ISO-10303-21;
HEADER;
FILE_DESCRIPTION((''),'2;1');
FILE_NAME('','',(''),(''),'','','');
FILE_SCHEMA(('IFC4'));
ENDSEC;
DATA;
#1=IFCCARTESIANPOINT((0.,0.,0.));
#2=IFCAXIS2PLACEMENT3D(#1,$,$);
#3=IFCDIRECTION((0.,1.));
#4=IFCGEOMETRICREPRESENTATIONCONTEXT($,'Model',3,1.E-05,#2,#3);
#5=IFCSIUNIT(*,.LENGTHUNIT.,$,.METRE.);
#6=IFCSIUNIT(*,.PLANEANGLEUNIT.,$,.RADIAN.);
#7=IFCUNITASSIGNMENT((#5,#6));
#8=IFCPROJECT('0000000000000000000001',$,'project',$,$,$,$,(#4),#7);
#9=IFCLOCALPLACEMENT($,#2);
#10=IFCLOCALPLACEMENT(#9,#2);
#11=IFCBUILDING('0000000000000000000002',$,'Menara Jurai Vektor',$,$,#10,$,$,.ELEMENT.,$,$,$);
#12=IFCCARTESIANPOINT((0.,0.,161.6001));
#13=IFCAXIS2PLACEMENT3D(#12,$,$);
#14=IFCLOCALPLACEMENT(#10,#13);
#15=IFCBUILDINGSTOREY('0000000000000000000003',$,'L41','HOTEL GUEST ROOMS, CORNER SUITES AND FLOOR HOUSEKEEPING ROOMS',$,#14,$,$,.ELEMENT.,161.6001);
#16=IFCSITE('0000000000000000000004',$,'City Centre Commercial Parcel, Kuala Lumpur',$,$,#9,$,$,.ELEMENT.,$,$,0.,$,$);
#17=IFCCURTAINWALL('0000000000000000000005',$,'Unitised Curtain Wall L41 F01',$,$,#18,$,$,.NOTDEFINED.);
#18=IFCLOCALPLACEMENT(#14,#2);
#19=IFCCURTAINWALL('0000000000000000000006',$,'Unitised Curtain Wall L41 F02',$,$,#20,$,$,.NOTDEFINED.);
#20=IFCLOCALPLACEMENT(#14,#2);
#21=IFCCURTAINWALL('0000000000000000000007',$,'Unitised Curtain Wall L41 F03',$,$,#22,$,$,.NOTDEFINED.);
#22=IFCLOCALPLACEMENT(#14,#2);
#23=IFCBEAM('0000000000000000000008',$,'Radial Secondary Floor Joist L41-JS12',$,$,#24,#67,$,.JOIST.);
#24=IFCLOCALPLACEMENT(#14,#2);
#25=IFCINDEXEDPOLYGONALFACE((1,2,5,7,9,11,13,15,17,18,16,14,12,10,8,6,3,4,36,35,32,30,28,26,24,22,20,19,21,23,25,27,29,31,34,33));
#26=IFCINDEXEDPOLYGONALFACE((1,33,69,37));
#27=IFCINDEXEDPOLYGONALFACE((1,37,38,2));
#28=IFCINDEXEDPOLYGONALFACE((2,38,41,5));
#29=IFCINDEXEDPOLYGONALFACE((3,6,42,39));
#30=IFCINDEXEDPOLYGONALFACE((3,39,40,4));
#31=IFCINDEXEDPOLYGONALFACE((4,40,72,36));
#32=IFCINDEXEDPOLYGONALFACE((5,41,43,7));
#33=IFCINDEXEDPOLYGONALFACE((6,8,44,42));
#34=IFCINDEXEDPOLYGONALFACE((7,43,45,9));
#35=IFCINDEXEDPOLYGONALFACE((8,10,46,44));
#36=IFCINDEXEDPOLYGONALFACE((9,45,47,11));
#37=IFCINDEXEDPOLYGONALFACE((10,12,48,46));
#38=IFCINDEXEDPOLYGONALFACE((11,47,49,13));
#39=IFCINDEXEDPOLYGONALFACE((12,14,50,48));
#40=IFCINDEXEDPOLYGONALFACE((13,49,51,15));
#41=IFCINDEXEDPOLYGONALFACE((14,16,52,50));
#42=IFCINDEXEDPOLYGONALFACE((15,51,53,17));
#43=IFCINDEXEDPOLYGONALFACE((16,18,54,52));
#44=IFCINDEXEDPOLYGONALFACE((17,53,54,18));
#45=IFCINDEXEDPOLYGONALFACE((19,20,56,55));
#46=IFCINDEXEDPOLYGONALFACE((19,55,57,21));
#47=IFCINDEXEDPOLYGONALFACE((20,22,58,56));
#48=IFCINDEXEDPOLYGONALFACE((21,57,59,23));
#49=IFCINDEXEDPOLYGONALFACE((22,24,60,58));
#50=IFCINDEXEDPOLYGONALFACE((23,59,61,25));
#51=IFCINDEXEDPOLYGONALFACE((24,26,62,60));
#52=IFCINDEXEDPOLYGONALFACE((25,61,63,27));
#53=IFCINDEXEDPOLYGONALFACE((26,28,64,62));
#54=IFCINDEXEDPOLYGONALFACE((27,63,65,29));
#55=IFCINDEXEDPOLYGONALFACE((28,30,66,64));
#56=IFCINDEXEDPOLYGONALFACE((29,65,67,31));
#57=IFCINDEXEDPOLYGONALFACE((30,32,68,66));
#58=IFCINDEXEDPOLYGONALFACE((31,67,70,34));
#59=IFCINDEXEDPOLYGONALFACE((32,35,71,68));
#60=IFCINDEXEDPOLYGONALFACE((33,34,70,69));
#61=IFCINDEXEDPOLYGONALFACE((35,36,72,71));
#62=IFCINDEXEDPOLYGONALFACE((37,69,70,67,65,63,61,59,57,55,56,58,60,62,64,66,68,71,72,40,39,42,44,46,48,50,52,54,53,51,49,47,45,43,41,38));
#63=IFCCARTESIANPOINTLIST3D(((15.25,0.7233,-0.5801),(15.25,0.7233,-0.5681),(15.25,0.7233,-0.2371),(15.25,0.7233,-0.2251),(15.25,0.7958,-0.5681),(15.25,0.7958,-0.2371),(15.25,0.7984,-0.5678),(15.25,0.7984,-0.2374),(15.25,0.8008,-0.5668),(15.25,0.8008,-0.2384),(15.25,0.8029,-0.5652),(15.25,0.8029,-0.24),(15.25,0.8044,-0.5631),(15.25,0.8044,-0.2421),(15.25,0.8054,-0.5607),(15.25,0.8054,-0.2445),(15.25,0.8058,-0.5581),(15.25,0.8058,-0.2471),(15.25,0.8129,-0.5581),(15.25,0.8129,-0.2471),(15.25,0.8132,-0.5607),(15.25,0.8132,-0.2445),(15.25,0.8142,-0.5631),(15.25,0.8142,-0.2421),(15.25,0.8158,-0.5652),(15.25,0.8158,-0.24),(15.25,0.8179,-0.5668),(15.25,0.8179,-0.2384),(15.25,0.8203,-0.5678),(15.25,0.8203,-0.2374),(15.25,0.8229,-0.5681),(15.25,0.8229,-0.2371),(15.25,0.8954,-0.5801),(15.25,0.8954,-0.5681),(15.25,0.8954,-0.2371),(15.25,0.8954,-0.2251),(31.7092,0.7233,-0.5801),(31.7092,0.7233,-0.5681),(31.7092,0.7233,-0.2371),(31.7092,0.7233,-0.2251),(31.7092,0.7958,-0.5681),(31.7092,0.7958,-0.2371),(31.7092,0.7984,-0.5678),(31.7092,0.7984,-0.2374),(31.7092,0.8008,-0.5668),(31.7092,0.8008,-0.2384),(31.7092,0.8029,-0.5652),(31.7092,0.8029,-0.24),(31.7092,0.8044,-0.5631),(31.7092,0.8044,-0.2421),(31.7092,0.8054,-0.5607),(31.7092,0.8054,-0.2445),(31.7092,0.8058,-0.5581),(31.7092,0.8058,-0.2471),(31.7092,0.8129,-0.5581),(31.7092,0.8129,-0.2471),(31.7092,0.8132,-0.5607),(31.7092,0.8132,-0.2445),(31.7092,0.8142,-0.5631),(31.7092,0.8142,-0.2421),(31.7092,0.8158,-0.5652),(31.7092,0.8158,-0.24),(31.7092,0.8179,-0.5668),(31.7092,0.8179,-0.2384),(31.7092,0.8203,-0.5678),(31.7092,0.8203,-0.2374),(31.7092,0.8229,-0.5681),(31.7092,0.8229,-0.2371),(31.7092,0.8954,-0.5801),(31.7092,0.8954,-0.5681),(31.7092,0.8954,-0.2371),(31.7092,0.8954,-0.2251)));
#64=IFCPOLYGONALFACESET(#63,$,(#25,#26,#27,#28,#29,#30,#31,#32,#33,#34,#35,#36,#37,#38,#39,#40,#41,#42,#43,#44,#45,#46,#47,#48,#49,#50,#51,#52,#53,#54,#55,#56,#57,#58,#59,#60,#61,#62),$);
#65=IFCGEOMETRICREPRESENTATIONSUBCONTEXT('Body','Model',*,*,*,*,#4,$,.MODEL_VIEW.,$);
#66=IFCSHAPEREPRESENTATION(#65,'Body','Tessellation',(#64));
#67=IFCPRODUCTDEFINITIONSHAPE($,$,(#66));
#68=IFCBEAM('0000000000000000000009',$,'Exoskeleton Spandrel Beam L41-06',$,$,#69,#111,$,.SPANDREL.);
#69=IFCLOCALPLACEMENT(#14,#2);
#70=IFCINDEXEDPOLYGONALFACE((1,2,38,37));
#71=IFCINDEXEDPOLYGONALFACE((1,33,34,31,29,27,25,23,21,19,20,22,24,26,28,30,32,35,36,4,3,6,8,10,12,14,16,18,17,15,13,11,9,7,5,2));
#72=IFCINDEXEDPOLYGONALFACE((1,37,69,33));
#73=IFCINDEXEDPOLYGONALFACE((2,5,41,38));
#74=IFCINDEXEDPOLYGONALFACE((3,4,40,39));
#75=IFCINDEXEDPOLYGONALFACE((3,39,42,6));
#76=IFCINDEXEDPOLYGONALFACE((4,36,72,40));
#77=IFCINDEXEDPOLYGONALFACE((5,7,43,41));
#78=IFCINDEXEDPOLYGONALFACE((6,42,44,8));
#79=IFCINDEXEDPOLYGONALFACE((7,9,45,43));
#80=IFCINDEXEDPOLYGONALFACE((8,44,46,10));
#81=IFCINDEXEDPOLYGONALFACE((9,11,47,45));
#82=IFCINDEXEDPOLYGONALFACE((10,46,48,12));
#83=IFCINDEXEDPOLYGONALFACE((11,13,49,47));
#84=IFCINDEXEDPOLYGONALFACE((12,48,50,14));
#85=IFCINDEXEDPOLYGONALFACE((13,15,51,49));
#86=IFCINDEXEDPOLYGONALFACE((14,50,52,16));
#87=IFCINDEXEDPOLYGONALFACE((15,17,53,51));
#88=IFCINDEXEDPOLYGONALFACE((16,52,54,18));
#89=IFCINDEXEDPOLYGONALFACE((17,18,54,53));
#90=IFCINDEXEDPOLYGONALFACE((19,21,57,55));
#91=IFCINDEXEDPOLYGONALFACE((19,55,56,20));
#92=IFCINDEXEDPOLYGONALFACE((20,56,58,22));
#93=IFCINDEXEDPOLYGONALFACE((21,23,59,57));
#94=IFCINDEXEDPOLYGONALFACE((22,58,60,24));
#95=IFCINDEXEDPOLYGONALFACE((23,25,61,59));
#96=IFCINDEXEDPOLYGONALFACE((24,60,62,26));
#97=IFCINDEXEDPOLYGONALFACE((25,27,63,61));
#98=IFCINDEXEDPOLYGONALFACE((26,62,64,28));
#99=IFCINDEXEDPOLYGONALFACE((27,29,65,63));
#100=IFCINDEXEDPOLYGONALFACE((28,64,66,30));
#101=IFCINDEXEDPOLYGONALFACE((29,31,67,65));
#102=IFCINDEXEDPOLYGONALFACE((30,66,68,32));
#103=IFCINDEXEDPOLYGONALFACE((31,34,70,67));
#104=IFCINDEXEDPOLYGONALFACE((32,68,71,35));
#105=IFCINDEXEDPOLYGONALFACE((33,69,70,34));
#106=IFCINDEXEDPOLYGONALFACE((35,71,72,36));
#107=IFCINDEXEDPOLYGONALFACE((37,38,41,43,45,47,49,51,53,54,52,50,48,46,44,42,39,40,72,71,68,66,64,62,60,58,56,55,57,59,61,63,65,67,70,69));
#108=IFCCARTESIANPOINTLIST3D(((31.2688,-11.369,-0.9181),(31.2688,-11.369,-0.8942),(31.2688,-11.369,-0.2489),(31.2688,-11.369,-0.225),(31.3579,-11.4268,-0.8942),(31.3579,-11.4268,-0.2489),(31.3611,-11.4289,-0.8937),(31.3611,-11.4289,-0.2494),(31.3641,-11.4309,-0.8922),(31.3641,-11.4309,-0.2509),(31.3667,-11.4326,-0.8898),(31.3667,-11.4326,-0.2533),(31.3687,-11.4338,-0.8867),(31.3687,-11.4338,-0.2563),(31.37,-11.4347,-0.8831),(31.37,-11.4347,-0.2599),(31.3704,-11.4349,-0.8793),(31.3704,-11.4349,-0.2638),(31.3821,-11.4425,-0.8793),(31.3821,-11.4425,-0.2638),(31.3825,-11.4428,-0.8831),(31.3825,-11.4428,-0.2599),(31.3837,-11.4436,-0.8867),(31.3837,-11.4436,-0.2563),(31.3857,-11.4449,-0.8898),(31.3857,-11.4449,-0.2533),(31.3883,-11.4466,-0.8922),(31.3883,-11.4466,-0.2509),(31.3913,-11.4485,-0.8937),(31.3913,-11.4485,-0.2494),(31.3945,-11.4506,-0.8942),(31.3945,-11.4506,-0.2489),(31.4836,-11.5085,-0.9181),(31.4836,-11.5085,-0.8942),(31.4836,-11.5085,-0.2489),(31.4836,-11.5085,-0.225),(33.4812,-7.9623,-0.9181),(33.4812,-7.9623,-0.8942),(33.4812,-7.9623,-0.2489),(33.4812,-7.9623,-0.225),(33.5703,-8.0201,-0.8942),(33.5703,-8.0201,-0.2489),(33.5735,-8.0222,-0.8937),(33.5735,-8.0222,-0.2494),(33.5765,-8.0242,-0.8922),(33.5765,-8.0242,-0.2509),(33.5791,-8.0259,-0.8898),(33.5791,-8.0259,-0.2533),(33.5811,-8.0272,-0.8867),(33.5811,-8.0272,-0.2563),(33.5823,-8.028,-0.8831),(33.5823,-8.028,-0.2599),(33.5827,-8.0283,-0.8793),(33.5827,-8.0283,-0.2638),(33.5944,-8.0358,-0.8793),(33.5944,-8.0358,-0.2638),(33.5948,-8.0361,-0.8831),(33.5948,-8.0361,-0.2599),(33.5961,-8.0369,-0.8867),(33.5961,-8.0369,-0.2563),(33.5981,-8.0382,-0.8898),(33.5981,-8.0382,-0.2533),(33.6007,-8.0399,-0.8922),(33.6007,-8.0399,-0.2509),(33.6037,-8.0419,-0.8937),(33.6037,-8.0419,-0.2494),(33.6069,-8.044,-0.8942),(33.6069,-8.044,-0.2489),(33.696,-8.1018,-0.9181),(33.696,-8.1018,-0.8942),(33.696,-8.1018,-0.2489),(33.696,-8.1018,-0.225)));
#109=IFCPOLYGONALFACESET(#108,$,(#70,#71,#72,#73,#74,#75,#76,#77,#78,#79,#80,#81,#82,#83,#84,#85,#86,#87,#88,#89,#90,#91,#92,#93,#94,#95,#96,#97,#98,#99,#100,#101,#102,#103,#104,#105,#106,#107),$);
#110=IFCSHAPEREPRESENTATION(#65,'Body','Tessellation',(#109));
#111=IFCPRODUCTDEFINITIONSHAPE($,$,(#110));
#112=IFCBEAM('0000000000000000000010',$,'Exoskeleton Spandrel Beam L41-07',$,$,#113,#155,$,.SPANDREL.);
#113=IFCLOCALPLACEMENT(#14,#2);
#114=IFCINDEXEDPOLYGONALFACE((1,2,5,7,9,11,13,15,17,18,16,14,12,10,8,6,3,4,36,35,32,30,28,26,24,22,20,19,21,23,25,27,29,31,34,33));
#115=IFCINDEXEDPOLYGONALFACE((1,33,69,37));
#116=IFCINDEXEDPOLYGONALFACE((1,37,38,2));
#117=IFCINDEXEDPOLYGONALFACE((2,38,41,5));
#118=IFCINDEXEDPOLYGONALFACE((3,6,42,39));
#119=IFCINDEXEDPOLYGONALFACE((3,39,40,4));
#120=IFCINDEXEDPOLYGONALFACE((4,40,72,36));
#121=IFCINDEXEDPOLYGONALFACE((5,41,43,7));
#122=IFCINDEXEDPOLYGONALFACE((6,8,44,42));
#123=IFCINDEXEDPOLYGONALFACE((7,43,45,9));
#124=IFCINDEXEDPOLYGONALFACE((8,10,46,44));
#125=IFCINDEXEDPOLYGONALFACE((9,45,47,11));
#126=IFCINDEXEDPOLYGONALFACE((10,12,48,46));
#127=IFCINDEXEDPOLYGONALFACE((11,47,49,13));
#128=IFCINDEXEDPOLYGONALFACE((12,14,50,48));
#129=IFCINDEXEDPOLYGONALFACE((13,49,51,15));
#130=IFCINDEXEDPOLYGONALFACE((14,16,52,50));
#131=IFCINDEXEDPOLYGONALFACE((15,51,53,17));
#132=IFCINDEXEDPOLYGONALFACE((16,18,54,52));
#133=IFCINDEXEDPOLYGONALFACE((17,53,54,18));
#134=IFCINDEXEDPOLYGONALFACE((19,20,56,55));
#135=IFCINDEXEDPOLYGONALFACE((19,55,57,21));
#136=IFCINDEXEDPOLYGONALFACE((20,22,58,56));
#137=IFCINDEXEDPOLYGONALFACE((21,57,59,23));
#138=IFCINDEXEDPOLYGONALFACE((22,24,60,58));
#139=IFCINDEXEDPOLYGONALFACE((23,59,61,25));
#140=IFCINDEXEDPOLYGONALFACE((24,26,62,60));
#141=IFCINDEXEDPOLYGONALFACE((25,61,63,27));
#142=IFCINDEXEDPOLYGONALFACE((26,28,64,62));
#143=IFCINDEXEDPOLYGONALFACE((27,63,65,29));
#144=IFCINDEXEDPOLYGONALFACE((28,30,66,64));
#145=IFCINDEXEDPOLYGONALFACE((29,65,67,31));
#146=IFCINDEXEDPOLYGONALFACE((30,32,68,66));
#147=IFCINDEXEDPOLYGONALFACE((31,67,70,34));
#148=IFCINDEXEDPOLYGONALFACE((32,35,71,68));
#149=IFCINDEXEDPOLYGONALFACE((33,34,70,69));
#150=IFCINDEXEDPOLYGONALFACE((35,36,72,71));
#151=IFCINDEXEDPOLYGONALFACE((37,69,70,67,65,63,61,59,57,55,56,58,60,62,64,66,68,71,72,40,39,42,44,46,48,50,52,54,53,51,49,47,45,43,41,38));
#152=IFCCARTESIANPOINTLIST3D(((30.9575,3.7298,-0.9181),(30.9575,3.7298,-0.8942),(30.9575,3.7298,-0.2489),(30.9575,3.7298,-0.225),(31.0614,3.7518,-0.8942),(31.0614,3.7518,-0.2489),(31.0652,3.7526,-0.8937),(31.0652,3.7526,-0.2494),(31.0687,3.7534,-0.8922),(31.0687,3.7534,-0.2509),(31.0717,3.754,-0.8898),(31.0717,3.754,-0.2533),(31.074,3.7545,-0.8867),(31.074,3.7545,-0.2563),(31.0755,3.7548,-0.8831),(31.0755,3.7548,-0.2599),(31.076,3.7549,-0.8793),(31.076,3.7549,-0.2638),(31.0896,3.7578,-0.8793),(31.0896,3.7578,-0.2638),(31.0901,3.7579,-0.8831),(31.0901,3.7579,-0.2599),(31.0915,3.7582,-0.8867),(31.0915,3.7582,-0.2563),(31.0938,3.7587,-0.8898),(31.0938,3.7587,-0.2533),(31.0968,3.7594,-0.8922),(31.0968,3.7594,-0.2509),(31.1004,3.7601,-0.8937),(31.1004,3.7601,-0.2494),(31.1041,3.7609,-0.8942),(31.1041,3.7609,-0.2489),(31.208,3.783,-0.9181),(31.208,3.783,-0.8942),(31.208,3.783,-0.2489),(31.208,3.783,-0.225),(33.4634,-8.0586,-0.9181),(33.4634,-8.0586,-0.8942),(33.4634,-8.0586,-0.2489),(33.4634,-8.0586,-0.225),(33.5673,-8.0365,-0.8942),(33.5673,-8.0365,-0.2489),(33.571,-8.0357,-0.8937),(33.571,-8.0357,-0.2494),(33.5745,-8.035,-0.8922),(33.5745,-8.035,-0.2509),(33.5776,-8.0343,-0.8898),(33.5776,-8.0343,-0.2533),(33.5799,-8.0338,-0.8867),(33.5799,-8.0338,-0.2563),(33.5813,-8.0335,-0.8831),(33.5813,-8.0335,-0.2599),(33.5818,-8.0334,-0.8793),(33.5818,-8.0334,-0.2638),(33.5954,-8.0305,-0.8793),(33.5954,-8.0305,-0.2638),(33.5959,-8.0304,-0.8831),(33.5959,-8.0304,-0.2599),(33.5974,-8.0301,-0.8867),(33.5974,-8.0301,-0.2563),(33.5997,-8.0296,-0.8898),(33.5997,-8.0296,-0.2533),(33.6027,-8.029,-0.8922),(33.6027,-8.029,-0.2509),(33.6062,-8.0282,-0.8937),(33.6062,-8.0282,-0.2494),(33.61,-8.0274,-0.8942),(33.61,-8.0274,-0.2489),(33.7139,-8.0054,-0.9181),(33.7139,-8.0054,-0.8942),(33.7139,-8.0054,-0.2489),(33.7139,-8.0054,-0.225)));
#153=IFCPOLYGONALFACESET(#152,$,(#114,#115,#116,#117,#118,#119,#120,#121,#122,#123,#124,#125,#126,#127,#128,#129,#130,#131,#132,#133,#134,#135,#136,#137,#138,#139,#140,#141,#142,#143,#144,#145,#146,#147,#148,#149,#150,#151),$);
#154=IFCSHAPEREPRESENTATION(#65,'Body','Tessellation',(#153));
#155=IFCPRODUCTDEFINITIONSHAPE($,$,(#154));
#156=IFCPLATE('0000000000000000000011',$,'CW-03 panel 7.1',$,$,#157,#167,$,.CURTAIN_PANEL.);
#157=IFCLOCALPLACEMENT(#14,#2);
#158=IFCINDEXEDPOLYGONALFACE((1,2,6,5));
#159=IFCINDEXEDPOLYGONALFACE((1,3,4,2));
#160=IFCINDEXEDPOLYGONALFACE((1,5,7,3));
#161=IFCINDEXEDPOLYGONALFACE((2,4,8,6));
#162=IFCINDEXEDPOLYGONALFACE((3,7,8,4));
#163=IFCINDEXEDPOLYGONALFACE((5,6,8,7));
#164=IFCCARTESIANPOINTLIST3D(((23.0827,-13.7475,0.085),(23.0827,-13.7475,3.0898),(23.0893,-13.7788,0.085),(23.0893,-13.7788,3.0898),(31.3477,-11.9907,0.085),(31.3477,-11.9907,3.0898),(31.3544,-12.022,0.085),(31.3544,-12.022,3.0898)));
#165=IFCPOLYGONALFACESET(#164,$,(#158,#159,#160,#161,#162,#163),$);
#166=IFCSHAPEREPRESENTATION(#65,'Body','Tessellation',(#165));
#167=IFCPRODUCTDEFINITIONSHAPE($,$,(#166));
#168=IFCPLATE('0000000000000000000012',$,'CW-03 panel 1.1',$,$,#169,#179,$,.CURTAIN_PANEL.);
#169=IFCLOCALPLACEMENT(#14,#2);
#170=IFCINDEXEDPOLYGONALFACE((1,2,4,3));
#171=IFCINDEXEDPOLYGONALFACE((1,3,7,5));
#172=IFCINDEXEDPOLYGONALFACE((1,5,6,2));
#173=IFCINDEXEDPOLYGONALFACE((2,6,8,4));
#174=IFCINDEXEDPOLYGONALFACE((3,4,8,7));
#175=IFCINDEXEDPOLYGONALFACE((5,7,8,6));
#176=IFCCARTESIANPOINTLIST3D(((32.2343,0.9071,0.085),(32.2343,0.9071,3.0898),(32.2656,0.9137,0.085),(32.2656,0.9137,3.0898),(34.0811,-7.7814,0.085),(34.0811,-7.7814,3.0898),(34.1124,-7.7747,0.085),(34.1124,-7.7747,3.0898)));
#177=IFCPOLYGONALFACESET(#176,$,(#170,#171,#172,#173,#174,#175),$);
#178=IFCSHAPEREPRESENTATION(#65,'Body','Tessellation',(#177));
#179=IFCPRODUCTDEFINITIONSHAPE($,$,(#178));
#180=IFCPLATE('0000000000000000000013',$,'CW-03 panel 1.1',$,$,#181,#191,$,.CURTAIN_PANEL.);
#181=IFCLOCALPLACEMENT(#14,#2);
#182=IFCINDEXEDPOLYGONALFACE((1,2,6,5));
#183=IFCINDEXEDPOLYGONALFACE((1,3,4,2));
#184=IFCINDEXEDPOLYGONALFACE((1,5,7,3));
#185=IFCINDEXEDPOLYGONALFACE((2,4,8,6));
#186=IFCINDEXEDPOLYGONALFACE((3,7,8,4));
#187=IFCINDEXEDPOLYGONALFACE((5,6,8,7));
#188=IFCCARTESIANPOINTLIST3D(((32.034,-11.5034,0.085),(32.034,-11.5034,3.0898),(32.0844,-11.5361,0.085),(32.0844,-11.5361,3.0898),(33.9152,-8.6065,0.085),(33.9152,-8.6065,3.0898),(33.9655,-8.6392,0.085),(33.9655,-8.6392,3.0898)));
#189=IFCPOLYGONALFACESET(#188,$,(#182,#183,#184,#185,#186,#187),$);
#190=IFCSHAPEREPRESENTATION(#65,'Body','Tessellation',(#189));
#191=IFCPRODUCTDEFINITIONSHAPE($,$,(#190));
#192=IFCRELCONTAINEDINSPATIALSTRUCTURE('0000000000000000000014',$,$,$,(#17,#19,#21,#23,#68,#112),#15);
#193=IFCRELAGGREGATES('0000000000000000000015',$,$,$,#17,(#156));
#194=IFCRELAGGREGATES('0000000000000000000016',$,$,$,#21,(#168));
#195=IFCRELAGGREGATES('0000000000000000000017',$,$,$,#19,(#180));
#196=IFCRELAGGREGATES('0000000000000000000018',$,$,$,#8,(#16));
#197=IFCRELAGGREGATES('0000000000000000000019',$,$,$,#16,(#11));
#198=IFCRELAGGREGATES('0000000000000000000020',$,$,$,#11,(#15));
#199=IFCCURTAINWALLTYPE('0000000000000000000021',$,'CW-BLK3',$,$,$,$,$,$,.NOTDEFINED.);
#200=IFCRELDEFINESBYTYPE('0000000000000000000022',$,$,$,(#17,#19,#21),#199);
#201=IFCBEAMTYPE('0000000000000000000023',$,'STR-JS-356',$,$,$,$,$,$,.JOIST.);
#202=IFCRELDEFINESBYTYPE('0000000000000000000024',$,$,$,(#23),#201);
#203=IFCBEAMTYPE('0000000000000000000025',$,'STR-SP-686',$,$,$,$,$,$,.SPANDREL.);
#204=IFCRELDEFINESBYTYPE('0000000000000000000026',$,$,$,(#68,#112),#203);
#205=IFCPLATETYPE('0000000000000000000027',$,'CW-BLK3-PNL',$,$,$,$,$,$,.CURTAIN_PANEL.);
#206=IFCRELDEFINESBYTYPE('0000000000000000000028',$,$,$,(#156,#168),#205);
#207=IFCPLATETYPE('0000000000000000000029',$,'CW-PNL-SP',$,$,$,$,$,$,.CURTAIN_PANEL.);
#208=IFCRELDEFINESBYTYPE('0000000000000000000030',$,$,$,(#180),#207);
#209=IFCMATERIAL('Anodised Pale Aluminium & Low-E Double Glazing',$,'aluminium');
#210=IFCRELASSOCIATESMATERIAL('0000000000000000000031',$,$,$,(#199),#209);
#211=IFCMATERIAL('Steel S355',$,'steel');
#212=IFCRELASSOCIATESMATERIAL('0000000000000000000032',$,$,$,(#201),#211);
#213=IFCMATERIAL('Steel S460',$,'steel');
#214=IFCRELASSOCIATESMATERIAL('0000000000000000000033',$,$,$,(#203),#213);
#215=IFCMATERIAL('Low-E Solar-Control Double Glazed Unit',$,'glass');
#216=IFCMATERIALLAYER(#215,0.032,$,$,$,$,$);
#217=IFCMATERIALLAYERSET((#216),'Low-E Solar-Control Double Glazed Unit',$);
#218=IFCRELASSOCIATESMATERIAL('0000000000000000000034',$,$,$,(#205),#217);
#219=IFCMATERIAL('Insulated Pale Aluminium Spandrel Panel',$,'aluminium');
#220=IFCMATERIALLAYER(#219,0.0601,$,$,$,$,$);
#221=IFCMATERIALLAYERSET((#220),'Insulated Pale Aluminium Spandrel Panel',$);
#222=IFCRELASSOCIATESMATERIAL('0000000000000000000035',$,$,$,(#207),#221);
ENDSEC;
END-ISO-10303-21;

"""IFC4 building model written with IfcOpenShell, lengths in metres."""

from ifc_helpers import new_model, si_unit, direction, frame, origin, origin_2d, place, context, subcontext, project, spatial, rectangle, i_section, extrude, material, layer, layer_set, material_profile, profile_set, type_object, element, aggregate, save


model = new_model("IFC4")

# Units and contexts
model_context = context("Model", 3, precision=1e-05, world=origin(), true_north=direction((0.0, 1.0)))
body_context = subcontext(model_context, "Body", "Model", "MODEL_VIEW")
ifc_project = project(units=[si_unit("LENGTHUNIT", "METRE"), si_unit("PLANEANGLEUNIT", "RADIAN")], contexts=[model_context])

# Site, building, storey
site_placement = place(None, origin())
site = spatial("IfcSite", under=ifc_project, at=site_placement, Name="City Centre Commercial Parcel, Kuala Lumpur", CompositionType="ELEMENT", RefElevation=0.0)
building_placement = place(site_placement, origin())
building = spatial("IfcBuilding", under=site, at=building_placement, Name="Menara Jurai Vektor", CompositionType="ELEMENT")
storey_placement = place(building_placement, frame((0.0, 0.0, 161.6001)))
storey = spatial("IfcBuildingStorey", under=building, at=storey_placement, Name="L41", Description="HOTEL GUEST ROOMS, CORNER SUITES AND FLOOR HOUSEKEEPING ROOMS", CompositionType="ELEMENT", Elevation=161.6001)

# Shared definitions
ifc_material_1 = material(Name="Steel S460", Category="steel")

# Curtain wall
ifc_material_2 = material(Name="Anodised Pale Aluminium & Low-E Double Glazing", Category="aluminium")
curtain_wall_type = type_object("IfcCurtainWallType", Name="CW-BLK3", PredefinedType="NOTDEFINED", material=ifc_material_2)
curtain_wall_1_placement = place(storey_placement, origin())
curtain_wall_1 = element("IfcCurtainWall", 1, at=curtain_wall_1_placement, inside=storey, type_object=curtain_wall_type, Name="Unitised Curtain Wall L41 F01", PredefinedType="NOTDEFINED")

# Curtain walls
curtain_wall_2_placement = place(storey_placement, origin())
curtain_wall_2 = element("IfcCurtainWall", 2, at=curtain_wall_2_placement, inside=storey, type_object=curtain_wall_type, Name="Unitised Curtain Wall L41 F02", PredefinedType="NOTDEFINED")
curtain_wall_3_placement = place(storey_placement, origin())
curtain_wall_3 = element("IfcCurtainWall", 3, at=curtain_wall_3_placement, inside=storey, type_object=curtain_wall_type, Name="Unitised Curtain Wall L41 F03", PredefinedType="NOTDEFINED")

# Shared definitions
ifc_material_3 = material(Name="Steel S355", Category="steel")

# Beams
ifc_material_profile_1 = material_profile(ifc_material_3, i_section(OverallWidth=0.1721, OverallDepth=0.355, WebThickness=0.0071, FlangeThickness=0.012, FilletRadius=0.01, at=origin_2d()), Name="UKB 356x171x51")
ifc_profile_set_1 = profile_set([ifc_material_profile_1], Name="Steel S355")
beam_type_1 = type_object("IfcBeamType", Name="STR-JS-356", PredefinedType="JOIST", material=ifc_profile_set_1)
beam_1_placement = place(storey_placement, frame((31.7092, 0.8093, -0.4026), z_axis=(-1.0, 0.0, 0.0), x_axis=(0.0, -1.0, 0.0)))
element("IfcBeam", 4, at=beam_1_placement, inside=storey, type_object=beam_type_1, Name="Radial Secondary Floor Joist L41-JS12", PredefinedType="JOIST", context=body_context, shape_type="SweptSolid", body=[
    extrude(i_section(OverallWidth=0.1721, OverallDepth=0.355, WebThickness=0.0071, FlangeThickness=0.012, FilletRadius=0.01, at=origin_2d()), origin(), (0.0, 0.0, 1.0), 16.4592),
])
ifc_material_profile_2 = material_profile(ifc_material_1, i_section(OverallWidth=0.2561, OverallDepth=0.6931, WebThickness=0.0139, FlangeThickness=0.0239, FilletRadius=0.0149, at=origin_2d()), Name="UKB 686x254x170")
ifc_profile_set_2 = profile_set([ifc_material_profile_2], Name="Steel S460")
beam_type_2 = type_object("IfcBeamType", Name="STR-SP-686", PredefinedType="SPANDREL", material=ifc_profile_set_2)
beam_2_placement = place(storey_placement, frame((31.3762, -11.4387, -0.5715), z_axis=(0.544646, 0.838666, 0.0), x_axis=(-0.838666, 0.544646, 0.0)))
element("IfcBeam", 5, at=beam_2_placement, inside=storey, type_object=beam_type_2, Name="Exoskeleton Spandrel Beam L41-06", PredefinedType="SPANDREL", context=body_context, shape_type="SweptSolid", body=[
    extrude(i_section(OverallWidth=0.2561, OverallDepth=0.6931, WebThickness=0.0139, FlangeThickness=0.0239, FilletRadius=0.0149, at=origin_2d()), origin(), (0.0, 0.0, 1.0), 4.062),
])
beam_3_placement = place(storey_placement, frame((33.5886, -8.032, -0.5715), z_axis=(-0.207925, 0.978145, 0.0), x_axis=(-0.978145, -0.207925, 0.0)))
element("IfcBeam", 6, at=beam_3_placement, inside=storey, type_object=beam_type_2, Name="Exoskeleton Spandrel Beam L41-07", PredefinedType="SPANDREL", context=body_context, shape_type="SweptSolid", body=[
    extrude(i_section(OverallWidth=0.2561, OverallDepth=0.6931, WebThickness=0.0139, FlangeThickness=0.0239, FilletRadius=0.0149, at=origin_2d()), origin(), (0.0, 0.0, 1.0), 12.0518),
])

# Plates
ifc_material_4 = material(Name="Low-E Solar-Control Double Glazed Unit", Category="glass")
ifc_layer_1 = layer(ifc_material_4, 0.032)
ifc_layer_set_1 = layer_set([ifc_layer_1], Name="Low-E Solar-Control Double Glazed Unit")
plate_type_1 = type_object("IfcPlateType", Name="CW-BLK3-PNL", PredefinedType="CURTAIN_PANEL", material=ifc_layer_set_1)
plate_1_placement = place(storey_placement, frame((27.2185, -12.8848, 0.085), z_axis=(0.0, 0.0, 1.0), x_axis=(0.978148, 0.207911, 0.0)))
plate_1 = element("IfcPlate", 7, at=plate_1_placement, type_object=plate_type_1, Name="CW-03 panel 7.1", PredefinedType="CURTAIN_PANEL", context=body_context, shape_type="SweptSolid", body=[
    extrude(rectangle(XDim=8.4497, YDim=0.032, at=origin_2d()), origin(), (0.0, 0.0, 1.0), 3.0049),
])
aggregate(curtain_wall_1, [plate_1])
plate_2_placement = place(storey_placement, frame((33.1733, -3.4338, 0.085), z_axis=(0.0, 0.0, 1.0), x_axis=(-0.20791, 0.978148, 0.0)))
plate_2 = element("IfcPlate", 8, at=plate_2_placement, type_object=plate_type_1, Name="CW-03 panel 1.1", PredefinedType="CURTAIN_PANEL", context=body_context, shape_type="SweptSolid", body=[
    extrude(rectangle(XDim=8.8826, YDim=0.032, at=origin_2d()), origin(), (0.0, 0.0, 1.0), 3.0049),
])
aggregate(curtain_wall_3, [plate_2])
ifc_material_5 = material(Name="Insulated Pale Aluminium Spandrel Panel", Category="aluminium")
ifc_layer_2 = layer(ifc_material_5, 0.0601)
ifc_layer_set_2 = layer_set([ifc_layer_2], Name="Insulated Pale Aluminium Spandrel Panel")
plate_type_2 = type_object("IfcPlateType", Name="CW-PNL-SP", PredefinedType="CURTAIN_PANEL", material=ifc_layer_set_2)
plate_3_placement = place(storey_placement, frame((32.9998, -10.0713, 0.085), z_axis=(0.0, 0.0, 1.0), x_axis=(0.544618, 0.838684, 0.0)))
plate_3 = element("IfcPlate", 9, at=plate_3_placement, type_object=plate_type_2, Name="CW-03 panel 1.1", PredefinedType="CURTAIN_PANEL", context=body_context, shape_type="SweptSolid", body=[
    extrude(rectangle(XDim=3.4541, YDim=0.0601, at=origin_2d()), origin(), (0.0, 0.0, 1.0), 3.0049),
])
aggregate(curtain_wall_2, [plate_3])

save(model, "model.ifc")
